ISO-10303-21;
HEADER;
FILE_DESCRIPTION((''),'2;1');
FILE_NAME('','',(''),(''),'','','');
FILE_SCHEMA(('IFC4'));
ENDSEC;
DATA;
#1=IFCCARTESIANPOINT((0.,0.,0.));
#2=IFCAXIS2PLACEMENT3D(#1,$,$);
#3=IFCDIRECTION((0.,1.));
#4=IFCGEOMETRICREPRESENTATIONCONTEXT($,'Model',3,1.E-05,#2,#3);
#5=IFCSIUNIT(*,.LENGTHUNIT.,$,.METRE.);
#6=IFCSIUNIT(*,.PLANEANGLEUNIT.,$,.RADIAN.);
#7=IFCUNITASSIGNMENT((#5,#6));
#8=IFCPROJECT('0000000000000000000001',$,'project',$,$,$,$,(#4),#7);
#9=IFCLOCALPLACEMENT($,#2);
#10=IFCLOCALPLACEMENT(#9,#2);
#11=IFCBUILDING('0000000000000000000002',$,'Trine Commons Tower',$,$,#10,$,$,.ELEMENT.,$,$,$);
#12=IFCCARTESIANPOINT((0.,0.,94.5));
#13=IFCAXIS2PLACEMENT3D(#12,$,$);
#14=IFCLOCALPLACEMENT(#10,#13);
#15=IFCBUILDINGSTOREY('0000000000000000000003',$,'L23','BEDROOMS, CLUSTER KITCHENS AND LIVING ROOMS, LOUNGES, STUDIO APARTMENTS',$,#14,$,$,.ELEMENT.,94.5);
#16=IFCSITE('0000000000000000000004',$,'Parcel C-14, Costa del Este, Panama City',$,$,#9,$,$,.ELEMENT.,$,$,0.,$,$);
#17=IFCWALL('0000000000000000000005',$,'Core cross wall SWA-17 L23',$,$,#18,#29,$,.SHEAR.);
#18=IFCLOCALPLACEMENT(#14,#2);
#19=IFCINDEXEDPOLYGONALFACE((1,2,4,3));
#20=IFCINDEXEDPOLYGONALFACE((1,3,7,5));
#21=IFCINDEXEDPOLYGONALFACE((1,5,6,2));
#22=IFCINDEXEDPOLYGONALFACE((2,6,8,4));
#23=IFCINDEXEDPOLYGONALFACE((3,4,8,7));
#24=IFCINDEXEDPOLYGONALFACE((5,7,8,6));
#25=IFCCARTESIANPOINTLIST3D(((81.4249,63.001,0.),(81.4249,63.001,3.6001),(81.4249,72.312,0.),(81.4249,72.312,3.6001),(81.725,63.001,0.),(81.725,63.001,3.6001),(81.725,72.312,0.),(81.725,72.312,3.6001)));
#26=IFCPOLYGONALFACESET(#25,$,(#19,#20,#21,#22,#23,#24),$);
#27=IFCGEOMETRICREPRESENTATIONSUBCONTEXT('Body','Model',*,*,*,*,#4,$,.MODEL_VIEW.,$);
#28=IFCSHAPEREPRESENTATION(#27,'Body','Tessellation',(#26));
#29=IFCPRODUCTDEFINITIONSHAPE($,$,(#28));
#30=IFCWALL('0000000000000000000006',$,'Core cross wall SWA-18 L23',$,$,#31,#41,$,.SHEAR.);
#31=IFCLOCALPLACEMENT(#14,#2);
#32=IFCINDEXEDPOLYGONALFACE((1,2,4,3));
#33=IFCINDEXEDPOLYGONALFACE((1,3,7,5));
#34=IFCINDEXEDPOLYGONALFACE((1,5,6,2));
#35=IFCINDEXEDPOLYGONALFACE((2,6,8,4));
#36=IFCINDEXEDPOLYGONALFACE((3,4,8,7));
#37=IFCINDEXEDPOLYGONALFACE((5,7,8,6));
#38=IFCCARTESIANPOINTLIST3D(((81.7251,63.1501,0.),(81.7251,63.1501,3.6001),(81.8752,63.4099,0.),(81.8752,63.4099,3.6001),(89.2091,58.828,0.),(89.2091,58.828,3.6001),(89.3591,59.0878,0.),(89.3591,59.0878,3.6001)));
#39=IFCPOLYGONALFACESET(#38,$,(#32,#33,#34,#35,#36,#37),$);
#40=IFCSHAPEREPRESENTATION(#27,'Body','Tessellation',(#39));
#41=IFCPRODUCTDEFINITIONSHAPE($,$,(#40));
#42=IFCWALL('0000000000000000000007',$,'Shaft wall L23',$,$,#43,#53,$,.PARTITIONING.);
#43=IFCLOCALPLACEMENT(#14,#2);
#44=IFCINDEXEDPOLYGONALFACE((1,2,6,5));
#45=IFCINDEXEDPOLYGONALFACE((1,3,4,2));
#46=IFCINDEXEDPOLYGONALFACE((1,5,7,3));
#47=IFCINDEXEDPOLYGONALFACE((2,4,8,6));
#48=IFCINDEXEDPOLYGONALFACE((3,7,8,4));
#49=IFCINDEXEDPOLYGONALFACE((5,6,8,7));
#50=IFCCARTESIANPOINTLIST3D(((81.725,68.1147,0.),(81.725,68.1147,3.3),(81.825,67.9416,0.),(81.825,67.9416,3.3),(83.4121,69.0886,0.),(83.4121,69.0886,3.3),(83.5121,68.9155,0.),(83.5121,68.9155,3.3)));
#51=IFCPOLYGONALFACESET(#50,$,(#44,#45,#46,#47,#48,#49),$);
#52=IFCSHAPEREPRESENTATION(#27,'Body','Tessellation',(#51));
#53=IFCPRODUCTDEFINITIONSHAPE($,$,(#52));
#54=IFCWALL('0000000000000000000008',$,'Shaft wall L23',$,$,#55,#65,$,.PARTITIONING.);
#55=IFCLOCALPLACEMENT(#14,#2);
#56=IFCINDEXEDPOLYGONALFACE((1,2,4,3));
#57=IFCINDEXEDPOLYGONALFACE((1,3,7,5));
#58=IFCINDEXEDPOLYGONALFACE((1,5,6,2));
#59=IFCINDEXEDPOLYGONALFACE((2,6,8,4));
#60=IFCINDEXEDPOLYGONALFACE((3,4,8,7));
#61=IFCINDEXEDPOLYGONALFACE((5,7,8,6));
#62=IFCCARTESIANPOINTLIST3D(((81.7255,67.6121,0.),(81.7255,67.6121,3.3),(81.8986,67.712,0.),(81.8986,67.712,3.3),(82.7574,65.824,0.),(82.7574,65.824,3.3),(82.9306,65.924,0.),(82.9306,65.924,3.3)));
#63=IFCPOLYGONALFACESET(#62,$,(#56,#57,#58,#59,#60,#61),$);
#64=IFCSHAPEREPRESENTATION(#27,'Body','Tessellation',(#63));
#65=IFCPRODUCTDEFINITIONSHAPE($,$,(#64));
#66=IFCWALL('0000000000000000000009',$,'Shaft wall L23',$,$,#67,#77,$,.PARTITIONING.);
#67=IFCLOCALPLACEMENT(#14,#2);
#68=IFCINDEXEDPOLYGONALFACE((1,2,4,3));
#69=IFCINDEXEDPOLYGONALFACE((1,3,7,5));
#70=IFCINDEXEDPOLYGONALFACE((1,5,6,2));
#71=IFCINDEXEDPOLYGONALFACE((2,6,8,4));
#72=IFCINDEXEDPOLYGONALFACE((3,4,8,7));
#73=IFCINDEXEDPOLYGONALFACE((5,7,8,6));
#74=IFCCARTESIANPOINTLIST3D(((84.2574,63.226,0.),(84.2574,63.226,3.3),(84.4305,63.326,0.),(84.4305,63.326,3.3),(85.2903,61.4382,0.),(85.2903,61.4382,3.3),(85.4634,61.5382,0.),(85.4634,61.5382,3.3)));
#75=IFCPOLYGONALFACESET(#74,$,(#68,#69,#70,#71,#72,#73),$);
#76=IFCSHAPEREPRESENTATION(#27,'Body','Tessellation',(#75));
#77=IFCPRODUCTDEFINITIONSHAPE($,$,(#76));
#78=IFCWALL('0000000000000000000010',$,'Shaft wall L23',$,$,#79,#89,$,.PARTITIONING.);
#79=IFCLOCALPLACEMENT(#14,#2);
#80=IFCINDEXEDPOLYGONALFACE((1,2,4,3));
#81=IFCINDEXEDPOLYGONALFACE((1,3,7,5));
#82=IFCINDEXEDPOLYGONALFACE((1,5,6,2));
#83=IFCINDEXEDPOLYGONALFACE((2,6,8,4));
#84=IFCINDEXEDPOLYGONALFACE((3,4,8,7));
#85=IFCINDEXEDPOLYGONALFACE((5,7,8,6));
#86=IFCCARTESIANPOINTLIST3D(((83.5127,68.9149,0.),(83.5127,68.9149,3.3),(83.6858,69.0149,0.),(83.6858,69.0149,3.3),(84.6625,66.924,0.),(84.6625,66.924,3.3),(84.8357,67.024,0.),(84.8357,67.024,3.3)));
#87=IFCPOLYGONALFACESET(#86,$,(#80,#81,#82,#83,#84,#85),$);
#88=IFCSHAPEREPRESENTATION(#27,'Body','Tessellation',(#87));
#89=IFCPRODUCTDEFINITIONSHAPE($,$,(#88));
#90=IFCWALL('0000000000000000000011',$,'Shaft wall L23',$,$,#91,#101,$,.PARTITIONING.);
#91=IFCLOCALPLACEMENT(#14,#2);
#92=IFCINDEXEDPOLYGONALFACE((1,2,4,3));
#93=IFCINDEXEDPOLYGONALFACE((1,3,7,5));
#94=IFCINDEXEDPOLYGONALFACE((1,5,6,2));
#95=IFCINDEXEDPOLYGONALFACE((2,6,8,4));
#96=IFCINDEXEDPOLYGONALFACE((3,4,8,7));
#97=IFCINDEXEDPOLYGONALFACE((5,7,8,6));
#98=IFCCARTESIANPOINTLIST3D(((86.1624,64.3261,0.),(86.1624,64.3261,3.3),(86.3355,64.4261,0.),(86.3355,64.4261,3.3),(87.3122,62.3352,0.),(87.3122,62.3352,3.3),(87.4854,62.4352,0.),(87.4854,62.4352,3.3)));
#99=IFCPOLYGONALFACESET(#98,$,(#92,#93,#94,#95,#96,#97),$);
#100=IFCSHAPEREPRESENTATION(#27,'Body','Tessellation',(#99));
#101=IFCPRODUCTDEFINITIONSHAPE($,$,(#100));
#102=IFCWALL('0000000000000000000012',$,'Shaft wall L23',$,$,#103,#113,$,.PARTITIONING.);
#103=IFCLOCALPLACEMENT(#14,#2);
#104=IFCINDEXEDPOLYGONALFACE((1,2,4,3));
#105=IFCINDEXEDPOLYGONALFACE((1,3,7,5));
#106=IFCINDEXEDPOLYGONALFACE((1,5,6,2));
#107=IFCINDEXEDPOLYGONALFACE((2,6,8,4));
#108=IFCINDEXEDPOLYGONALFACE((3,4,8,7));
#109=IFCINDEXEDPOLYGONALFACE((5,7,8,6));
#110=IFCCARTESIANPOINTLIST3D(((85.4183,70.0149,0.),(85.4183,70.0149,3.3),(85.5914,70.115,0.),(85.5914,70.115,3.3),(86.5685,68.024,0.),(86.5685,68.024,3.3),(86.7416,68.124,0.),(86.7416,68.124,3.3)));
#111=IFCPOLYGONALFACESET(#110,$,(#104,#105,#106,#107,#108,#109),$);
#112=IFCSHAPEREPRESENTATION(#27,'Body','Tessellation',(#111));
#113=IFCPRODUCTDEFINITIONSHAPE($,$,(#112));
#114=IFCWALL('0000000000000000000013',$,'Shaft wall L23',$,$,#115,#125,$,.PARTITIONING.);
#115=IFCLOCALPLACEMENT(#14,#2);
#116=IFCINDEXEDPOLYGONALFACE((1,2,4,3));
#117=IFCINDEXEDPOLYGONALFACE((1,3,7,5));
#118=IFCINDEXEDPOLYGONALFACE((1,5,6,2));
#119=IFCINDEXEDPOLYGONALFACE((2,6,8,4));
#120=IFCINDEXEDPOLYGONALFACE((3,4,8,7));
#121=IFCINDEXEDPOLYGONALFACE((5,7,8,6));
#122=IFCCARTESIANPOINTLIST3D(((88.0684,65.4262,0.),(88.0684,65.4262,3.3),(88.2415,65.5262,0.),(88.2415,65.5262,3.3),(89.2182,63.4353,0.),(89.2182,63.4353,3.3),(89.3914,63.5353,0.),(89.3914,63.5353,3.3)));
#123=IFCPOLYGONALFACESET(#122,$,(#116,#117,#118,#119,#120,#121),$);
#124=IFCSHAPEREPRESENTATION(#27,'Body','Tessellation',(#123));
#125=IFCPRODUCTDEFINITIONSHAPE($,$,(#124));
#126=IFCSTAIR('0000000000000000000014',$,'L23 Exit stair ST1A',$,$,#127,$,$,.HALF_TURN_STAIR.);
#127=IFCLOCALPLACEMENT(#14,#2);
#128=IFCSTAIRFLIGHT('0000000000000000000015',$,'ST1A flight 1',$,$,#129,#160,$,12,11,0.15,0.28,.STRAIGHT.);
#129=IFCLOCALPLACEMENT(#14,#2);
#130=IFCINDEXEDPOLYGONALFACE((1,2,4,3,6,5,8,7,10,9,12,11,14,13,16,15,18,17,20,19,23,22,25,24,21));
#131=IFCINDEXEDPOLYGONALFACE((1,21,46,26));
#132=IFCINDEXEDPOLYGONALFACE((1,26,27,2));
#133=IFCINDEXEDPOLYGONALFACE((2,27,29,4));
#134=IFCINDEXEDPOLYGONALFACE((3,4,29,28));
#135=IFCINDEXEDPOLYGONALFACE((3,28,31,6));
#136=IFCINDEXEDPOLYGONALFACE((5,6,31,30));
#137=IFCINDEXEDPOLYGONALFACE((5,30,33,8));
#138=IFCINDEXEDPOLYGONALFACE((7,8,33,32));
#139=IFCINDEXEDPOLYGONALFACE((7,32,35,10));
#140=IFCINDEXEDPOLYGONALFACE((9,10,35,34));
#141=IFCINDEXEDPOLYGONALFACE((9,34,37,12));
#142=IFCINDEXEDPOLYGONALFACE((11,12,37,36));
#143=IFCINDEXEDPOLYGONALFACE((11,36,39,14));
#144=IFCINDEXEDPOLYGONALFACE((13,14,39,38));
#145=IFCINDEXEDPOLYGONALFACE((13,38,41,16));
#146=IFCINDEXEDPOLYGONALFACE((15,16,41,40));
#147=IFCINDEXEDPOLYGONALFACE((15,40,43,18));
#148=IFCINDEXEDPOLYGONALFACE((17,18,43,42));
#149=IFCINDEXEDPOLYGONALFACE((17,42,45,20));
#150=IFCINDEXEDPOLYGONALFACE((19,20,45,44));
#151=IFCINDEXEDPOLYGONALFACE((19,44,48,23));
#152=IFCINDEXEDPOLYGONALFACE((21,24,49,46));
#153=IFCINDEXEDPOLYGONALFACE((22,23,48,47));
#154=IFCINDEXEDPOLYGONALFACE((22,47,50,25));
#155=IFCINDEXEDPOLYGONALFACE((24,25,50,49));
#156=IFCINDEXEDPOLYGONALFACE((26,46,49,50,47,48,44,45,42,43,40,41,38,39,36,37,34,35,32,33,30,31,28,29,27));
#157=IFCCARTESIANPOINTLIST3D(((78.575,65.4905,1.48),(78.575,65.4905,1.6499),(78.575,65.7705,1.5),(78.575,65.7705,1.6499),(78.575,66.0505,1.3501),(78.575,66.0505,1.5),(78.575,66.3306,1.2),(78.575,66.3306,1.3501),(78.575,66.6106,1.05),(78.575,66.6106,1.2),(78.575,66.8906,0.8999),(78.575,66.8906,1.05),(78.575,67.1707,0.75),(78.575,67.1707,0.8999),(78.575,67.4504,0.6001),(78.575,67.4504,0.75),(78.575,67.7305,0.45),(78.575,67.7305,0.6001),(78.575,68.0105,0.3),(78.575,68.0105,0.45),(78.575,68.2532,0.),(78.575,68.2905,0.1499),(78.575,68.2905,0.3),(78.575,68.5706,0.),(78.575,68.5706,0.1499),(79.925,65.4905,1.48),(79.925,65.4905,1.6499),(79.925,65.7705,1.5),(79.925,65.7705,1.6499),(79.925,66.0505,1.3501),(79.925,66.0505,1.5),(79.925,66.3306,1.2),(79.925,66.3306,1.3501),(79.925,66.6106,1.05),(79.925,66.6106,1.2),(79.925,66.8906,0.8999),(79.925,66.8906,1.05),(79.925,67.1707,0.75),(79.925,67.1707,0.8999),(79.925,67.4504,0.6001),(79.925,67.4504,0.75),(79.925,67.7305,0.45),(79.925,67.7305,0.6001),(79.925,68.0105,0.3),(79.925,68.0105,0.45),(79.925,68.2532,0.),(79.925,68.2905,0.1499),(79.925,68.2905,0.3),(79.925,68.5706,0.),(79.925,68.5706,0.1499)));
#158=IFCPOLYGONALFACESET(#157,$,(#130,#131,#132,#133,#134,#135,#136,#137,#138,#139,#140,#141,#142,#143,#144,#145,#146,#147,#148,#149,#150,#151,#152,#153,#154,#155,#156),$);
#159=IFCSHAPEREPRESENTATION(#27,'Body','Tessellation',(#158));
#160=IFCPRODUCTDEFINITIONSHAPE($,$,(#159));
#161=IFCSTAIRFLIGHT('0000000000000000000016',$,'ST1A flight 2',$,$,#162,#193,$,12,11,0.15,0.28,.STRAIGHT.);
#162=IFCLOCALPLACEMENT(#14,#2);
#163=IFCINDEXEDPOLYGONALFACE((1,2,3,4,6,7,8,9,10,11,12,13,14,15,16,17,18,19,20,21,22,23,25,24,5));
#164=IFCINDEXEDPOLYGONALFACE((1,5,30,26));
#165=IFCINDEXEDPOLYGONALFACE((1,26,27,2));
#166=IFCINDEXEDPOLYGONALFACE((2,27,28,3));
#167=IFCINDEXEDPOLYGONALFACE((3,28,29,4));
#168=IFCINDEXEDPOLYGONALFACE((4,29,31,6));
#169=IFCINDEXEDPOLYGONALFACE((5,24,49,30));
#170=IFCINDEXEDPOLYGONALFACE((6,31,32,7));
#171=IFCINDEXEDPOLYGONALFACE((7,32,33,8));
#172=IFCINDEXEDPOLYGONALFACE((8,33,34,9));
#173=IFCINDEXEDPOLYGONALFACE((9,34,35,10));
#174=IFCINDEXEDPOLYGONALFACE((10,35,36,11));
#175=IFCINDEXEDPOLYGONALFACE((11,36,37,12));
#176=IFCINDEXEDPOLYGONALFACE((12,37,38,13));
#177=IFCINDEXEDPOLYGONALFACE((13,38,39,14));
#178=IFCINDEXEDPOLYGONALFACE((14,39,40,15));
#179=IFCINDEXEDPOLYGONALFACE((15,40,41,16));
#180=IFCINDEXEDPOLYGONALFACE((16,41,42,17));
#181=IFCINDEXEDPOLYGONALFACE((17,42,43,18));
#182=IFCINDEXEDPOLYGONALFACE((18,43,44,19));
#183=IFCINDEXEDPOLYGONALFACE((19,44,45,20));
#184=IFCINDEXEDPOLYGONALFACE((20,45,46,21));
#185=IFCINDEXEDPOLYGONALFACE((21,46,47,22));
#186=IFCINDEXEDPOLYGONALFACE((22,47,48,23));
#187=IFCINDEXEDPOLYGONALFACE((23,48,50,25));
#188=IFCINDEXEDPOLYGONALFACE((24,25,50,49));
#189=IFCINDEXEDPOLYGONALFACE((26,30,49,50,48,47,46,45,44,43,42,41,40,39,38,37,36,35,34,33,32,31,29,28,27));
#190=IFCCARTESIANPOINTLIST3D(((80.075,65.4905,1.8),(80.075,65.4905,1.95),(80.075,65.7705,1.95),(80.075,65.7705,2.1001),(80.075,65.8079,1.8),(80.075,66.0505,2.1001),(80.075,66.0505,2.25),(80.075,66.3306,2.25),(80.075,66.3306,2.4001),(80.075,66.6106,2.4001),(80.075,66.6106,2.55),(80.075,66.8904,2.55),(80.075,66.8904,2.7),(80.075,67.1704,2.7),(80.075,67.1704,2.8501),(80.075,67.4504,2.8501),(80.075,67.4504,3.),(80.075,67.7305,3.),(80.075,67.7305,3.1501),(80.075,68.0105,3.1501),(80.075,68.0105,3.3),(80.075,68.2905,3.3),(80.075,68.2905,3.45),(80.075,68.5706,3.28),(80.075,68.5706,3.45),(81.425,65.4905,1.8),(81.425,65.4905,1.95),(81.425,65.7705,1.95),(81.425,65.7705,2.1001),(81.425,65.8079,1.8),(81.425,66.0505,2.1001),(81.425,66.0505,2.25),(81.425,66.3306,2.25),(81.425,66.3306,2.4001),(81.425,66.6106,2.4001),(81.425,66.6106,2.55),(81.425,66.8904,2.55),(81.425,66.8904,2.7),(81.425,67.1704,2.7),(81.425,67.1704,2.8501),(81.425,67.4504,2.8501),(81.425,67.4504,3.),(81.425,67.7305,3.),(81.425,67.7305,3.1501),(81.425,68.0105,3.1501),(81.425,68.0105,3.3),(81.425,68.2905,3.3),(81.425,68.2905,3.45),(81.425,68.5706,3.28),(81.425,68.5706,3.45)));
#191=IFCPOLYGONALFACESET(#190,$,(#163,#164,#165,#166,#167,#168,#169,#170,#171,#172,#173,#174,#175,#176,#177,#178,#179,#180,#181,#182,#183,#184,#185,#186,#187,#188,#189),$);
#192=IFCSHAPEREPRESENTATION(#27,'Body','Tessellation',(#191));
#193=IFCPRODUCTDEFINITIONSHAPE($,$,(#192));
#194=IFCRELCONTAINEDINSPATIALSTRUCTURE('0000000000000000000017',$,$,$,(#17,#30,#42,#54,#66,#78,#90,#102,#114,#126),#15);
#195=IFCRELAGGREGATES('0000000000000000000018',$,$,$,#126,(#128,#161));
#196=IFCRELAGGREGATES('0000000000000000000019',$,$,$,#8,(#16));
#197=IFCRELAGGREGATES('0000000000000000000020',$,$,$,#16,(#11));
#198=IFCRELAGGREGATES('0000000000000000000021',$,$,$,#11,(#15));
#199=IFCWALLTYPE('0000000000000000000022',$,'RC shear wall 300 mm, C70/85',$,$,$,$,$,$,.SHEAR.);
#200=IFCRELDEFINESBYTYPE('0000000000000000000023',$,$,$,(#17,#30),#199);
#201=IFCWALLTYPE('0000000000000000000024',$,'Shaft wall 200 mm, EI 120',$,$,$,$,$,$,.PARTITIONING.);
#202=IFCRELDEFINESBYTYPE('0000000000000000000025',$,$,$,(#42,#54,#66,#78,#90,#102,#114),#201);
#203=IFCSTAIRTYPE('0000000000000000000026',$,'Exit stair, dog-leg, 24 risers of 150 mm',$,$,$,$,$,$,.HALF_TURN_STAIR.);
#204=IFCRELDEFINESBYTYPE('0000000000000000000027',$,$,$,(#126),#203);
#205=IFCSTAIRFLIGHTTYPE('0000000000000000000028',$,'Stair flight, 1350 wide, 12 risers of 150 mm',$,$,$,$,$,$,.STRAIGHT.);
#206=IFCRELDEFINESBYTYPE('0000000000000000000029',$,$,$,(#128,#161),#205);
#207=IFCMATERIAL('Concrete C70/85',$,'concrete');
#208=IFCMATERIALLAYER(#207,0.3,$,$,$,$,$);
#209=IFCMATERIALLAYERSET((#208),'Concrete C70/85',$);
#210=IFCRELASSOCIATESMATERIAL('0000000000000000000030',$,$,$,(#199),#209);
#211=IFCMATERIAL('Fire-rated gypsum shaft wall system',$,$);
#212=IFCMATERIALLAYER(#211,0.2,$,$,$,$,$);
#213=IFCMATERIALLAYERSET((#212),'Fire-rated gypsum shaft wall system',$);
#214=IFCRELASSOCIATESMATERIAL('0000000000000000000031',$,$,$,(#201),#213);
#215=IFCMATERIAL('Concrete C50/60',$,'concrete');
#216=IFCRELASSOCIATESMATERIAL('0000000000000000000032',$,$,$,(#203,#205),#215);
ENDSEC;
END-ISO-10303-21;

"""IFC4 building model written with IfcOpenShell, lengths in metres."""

from ifc_helpers import new_model, si_unit, direction, frame, frame_2d, origin, place, context, subcontext, project, spatial, polyline, rectangle, outline, extrude, material, layer, layer_set, type_object, element, aggregate, save


model = new_model("IFC4")

# Units and contexts
model_context = context("Model", 3, precision=1e-05, world=origin(), true_north=direction((0.0, 1.0)))
body_context = subcontext(model_context, "Body", "Model", "MODEL_VIEW")
ifc_project = project(units=[si_unit("LENGTHUNIT", "METRE"), si_unit("PLANEANGLEUNIT", "RADIAN")], contexts=[model_context])

# Site, building, storey
site_placement = place(None, origin())
site = spatial("IfcSite", under=ifc_project, at=site_placement, Name="Parcel C-14, Costa del Este, Panama City", CompositionType="ELEMENT", RefElevation=0.0)
building_placement = place(site_placement, origin())
building = spatial("IfcBuilding", under=site, at=building_placement, Name="Trine Commons Tower", CompositionType="ELEMENT")
storey_placement = place(building_placement, frame((0.0, 0.0, 94.5)))
storey = spatial("IfcBuildingStorey", under=building, at=storey_placement, Name="L23", Description="BEDROOMS, CLUSTER KITCHENS AND LIVING ROOMS, LOUNGES, STUDIO APARTMENTS", CompositionType="ELEMENT", Elevation=94.5)

# Shared definitions
ifc_material_1 = material(Name="Fire-rated gypsum shaft wall system")
ifc_material_2 = material(Name="Concrete C70/85", Category="concrete")
ifc_layer_1 = layer(ifc_material_2, 0.3)
ifc_layer_set_1 = layer_set([ifc_layer_1], Name="Concrete C70/85")
wall_type_1 = type_object("IfcWallType", Name="RC shear wall 300 mm, C70/85", PredefinedType="SHEAR", material=ifc_layer_set_1)

# Walls
wall_1_placement = place(storey_placement, frame((81.575, 63.001, 0.0), z_axis=(0.0, 0.0, 1.0), x_axis=(0.0, 1.0, 0.0)))
element("IfcWall", 1, at=wall_1_placement, inside=storey, type_object=wall_type_1, Name="Core cross wall SWA-17 L23", PredefinedType="SHEAR", context=body_context, shape_type="SweptSolid", body=[
    extrude(rectangle(XDim=9.311, YDim=0.3, at=frame_2d((4.6555, 0.0))), origin(), (0.0, 0.0, 1.0), 3.6001),
])
wall_2_placement = place(storey_placement, frame((81.8, 63.28, 0.0), z_axis=(0.0, 0.0, 1.0), x_axis=(0.865965, -0.500104, 0.0)))
element("IfcWall", 2, at=wall_2_placement, inside=storey, type_object=wall_type_1, Name="Core cross wall SWA-18 L23", PredefinedType="SHEAR", context=body_context, shape_type="SweptSolid", body=[
    extrude(rectangle(XDim=8.6423, YDim=0.3, at=frame_2d((4.3213, 0.0))), origin(), (0.0, 0.0, 1.0), 3.6001),
])
ifc_layer_2 = layer(ifc_material_1, 0.2)
ifc_layer_set_2 = layer_set([ifc_layer_2], Name="Fire-rated gypsum shaft wall system")
wall_type_2 = type_object("IfcWallType", Name="Shaft wall 200 mm, EI 120", PredefinedType="PARTITIONING", material=ifc_layer_set_2)
wall_3_placement = place(storey_placement, frame((81.7749, 68.0281, 0.0), z_axis=(0.0, 0.0, 1.0), x_axis=(0.866052, 0.499954, 0.0)))
element("IfcWall", 3, at=wall_3_placement, inside=storey, type_object=wall_type_2, Name="Shaft wall L23", PredefinedType="PARTITIONING", context=body_context, shape_type="SweptSolid", body=[
    extrude(rectangle(XDim=1.948, YDim=0.2, at=frame_2d((0.9741, 0.0))), origin(), (0.0, 0.0, 1.0), 3.3),
])
wall_4_placement = place(storey_placement, frame((82.844, 65.874, 0.0), z_axis=(0.0, 0.0, 1.0), x_axis=(-0.499866, 0.866103, 0.0)))
element("IfcWall", 4, at=wall_4_placement, inside=storey, type_object=wall_type_2, Name="Shaft wall L23", PredefinedType="PARTITIONING", context=body_context, shape_type="SweptSolid", body=[
    extrude(rectangle(XDim=2.0645, YDim=0.2, at=frame_2d((1.0322, 0.0))), origin(), (0.0, 0.0, 1.0), 3.3),
])
wall_5_placement = place(storey_placement, frame((84.344, 63.2759, 0.0), z_axis=(0.0, 0.0, 1.0), x_axis=(0.500272, -0.865868, 0.0)))
element("IfcWall", 5, at=wall_5_placement, inside=storey, type_object=wall_type_2, Name="Shaft wall L23", PredefinedType="PARTITIONING", context=body_context, shape_type="SweptSolid", body=[
    extrude(rectangle(XDim=2.0647, YDim=0.2, at=frame_2d((1.0322, 0.0))), origin(), (0.0, 0.0, 1.0), 3.3),
])
for number, where, z_axis, x_axis, name in (
    (6, (84.749, 66.9741, 0.0), (0.0, 0.0, 1.0), (-0.500136, 0.865947, 0.0), "Shaft wall L23"),
    (7, (86.249, 64.376, 0.0), (0.0, 0.0, 1.0), (0.500136, -0.865947, 0.0), "Shaft wall L23"),
):
    element("IfcWall", number, at=place(storey_placement, frame(where, z_axis=z_axis, x_axis=x_axis)), inside=storey, type_object=wall_type_2, Name=name, PredefinedType="PARTITIONING", context=body_context, shape_type="SweptSolid", body=[
        extrude(rectangle(XDim=2.2991, YDim=0.2, at=frame_2d((1.1494, 0.0))), origin(), (0.0, 0.0, 1.0), 3.3),
    ])
wall_6_placement = place(storey_placement, frame((86.655, 68.074, 0.0), z_axis=(0.0, 0.0, 1.0), x_axis=(-0.500216, 0.865901, 0.0)))
element("IfcWall", 8, at=wall_6_placement, inside=storey, type_object=wall_type_2, Name="Shaft wall L23", PredefinedType="PARTITIONING", context=body_context, shape_type="SweptSolid", body=[
    extrude(rectangle(XDim=2.2993, YDim=0.2, at=frame_2d((1.1497, 0.0))), origin(), (0.0, 0.0, 1.0), 3.3),
])
wall_7_placement = place(storey_placement, frame((88.155, 65.4761, 0.0), z_axis=(0.0, 0.0, 1.0), x_axis=(0.500136, -0.865947, 0.0)))
element("IfcWall", 9, at=wall_7_placement, inside=storey, type_object=wall_type_2, Name="Shaft wall L23", PredefinedType="PARTITIONING", context=body_context, shape_type="SweptSolid", body=[
    extrude(rectangle(XDim=2.2991, YDim=0.2, at=frame_2d((1.1494, 0.0))), origin(), (0.0, 0.0, 1.0), 3.3),
])

# Stair, stair flights
ifc_material_3 = material(Name="Concrete C50/60", Category="concrete")
stair_type = type_object("IfcStairType", Name="Exit stair, dog-leg, 24 risers of 150 mm", PredefinedType="HALF_TURN_STAIR", material=ifc_material_3)
stair_placement = place(storey_placement, origin())
stair = element("IfcStair", 10, at=stair_placement, inside=storey, type_object=stair_type, Name="L23 Exit stair ST1A", PredefinedType="HALF_TURN_STAIR")
stair_flight_type = type_object("IfcStairFlightType", Name="Stair flight, 1350 wide, 12 risers of 150 mm", PredefinedType="STRAIGHT", material=ifc_material_3)
stair_flight_1_placement = place(storey_placement, frame((79.25, 68.5706, 0.0), z_axis=(0.0, 0.0, 1.0), x_axis=(0.0, -1.0, 0.0)))
stair_flight_1 = element("IfcStairFlight", 11, at=stair_flight_1_placement, type_object=stair_flight_type, Name="ST1A flight 1", NumberOfRisers=12, NumberOfTreads=11, PredefinedType="STRAIGHT", RiserHeight=0.15, TreadLength=0.28, context=body_context, shape_type="SweptSolid", body=[
    extrude(outline(polyline([(0.0, 0.0), (0.0, 0.1499), (0.28, 0.1499), (0.28, 0.3), (0.5601, 0.3), (0.5601, 0.45), (0.8401, 0.45), (0.8401, 0.6001), (1.1201, 0.6001), (1.1201, 0.75), (1.3999, 0.75), (1.3999, 0.8999), (1.6799, 0.8999), (1.6799, 1.05), (1.96, 1.05), (1.96, 1.2), (2.24, 1.2), (2.24, 1.3501), (2.52, 1.3501), (2.52, 1.5), (2.8, 1.5), (2.8, 1.6499), (3.0801, 1.6499), (3.0801, 1.8), (3.0801, 1.48), (0.3174, 0.0), (0.0, 0.0)])), frame((0.0, 0.675, 0.0), z_axis=(0.0, -1.0, 0.0), x_axis=(1.0, 0.0, 0.0)), (0.0, 0.0, 1.0), 1.3501),
])
stair_flight_2_placement = place(storey_placement, frame((80.75, 65.4905, 1.8), z_axis=(0.0, 0.0, 1.0), x_axis=(0.0, 1.0, 0.0)))
stair_flight_2 = element("IfcStairFlight", 12, at=stair_flight_2_placement, type_object=stair_flight_type, Name="ST1A flight 2", NumberOfRisers=12, NumberOfTreads=11, PredefinedType="STRAIGHT", RiserHeight=0.15, TreadLength=0.28, context=body_context, shape_type="SweptSolid", body=[
    extrude(outline(polyline([(0.0, 0.0), (0.0, 0.1499), (0.28, 0.1499), (0.28, 0.3), (0.5601, 0.3), (0.5601, 0.45), (0.8401, 0.45), (0.8401, 0.6001), (1.1201, 0.6001), (1.1201, 0.75), (1.3999, 0.75), (1.3999, 0.8999), (1.6799, 0.8999), (1.6799, 1.05), (1.96, 1.05), (1.96, 1.2), (2.24, 1.2), (2.24, 1.3501), (2.52, 1.3501), (2.52, 1.5), (2.8, 1.5), (2.8, 1.6499), (3.0801, 1.6499), (3.0801, 1.8), (3.0801, 1.48), (0.3174, 0.0), (0.0, 0.0)])), frame((0.0, 0.675, 0.0), z_axis=(0.0, -1.0, 0.0), x_axis=(1.0, 0.0, 0.0)), (0.0, 0.0, 1.0), 1.3501),
])
aggregate(stair, [stair_flight_1, stair_flight_2])

save(model, "model.ifc")
